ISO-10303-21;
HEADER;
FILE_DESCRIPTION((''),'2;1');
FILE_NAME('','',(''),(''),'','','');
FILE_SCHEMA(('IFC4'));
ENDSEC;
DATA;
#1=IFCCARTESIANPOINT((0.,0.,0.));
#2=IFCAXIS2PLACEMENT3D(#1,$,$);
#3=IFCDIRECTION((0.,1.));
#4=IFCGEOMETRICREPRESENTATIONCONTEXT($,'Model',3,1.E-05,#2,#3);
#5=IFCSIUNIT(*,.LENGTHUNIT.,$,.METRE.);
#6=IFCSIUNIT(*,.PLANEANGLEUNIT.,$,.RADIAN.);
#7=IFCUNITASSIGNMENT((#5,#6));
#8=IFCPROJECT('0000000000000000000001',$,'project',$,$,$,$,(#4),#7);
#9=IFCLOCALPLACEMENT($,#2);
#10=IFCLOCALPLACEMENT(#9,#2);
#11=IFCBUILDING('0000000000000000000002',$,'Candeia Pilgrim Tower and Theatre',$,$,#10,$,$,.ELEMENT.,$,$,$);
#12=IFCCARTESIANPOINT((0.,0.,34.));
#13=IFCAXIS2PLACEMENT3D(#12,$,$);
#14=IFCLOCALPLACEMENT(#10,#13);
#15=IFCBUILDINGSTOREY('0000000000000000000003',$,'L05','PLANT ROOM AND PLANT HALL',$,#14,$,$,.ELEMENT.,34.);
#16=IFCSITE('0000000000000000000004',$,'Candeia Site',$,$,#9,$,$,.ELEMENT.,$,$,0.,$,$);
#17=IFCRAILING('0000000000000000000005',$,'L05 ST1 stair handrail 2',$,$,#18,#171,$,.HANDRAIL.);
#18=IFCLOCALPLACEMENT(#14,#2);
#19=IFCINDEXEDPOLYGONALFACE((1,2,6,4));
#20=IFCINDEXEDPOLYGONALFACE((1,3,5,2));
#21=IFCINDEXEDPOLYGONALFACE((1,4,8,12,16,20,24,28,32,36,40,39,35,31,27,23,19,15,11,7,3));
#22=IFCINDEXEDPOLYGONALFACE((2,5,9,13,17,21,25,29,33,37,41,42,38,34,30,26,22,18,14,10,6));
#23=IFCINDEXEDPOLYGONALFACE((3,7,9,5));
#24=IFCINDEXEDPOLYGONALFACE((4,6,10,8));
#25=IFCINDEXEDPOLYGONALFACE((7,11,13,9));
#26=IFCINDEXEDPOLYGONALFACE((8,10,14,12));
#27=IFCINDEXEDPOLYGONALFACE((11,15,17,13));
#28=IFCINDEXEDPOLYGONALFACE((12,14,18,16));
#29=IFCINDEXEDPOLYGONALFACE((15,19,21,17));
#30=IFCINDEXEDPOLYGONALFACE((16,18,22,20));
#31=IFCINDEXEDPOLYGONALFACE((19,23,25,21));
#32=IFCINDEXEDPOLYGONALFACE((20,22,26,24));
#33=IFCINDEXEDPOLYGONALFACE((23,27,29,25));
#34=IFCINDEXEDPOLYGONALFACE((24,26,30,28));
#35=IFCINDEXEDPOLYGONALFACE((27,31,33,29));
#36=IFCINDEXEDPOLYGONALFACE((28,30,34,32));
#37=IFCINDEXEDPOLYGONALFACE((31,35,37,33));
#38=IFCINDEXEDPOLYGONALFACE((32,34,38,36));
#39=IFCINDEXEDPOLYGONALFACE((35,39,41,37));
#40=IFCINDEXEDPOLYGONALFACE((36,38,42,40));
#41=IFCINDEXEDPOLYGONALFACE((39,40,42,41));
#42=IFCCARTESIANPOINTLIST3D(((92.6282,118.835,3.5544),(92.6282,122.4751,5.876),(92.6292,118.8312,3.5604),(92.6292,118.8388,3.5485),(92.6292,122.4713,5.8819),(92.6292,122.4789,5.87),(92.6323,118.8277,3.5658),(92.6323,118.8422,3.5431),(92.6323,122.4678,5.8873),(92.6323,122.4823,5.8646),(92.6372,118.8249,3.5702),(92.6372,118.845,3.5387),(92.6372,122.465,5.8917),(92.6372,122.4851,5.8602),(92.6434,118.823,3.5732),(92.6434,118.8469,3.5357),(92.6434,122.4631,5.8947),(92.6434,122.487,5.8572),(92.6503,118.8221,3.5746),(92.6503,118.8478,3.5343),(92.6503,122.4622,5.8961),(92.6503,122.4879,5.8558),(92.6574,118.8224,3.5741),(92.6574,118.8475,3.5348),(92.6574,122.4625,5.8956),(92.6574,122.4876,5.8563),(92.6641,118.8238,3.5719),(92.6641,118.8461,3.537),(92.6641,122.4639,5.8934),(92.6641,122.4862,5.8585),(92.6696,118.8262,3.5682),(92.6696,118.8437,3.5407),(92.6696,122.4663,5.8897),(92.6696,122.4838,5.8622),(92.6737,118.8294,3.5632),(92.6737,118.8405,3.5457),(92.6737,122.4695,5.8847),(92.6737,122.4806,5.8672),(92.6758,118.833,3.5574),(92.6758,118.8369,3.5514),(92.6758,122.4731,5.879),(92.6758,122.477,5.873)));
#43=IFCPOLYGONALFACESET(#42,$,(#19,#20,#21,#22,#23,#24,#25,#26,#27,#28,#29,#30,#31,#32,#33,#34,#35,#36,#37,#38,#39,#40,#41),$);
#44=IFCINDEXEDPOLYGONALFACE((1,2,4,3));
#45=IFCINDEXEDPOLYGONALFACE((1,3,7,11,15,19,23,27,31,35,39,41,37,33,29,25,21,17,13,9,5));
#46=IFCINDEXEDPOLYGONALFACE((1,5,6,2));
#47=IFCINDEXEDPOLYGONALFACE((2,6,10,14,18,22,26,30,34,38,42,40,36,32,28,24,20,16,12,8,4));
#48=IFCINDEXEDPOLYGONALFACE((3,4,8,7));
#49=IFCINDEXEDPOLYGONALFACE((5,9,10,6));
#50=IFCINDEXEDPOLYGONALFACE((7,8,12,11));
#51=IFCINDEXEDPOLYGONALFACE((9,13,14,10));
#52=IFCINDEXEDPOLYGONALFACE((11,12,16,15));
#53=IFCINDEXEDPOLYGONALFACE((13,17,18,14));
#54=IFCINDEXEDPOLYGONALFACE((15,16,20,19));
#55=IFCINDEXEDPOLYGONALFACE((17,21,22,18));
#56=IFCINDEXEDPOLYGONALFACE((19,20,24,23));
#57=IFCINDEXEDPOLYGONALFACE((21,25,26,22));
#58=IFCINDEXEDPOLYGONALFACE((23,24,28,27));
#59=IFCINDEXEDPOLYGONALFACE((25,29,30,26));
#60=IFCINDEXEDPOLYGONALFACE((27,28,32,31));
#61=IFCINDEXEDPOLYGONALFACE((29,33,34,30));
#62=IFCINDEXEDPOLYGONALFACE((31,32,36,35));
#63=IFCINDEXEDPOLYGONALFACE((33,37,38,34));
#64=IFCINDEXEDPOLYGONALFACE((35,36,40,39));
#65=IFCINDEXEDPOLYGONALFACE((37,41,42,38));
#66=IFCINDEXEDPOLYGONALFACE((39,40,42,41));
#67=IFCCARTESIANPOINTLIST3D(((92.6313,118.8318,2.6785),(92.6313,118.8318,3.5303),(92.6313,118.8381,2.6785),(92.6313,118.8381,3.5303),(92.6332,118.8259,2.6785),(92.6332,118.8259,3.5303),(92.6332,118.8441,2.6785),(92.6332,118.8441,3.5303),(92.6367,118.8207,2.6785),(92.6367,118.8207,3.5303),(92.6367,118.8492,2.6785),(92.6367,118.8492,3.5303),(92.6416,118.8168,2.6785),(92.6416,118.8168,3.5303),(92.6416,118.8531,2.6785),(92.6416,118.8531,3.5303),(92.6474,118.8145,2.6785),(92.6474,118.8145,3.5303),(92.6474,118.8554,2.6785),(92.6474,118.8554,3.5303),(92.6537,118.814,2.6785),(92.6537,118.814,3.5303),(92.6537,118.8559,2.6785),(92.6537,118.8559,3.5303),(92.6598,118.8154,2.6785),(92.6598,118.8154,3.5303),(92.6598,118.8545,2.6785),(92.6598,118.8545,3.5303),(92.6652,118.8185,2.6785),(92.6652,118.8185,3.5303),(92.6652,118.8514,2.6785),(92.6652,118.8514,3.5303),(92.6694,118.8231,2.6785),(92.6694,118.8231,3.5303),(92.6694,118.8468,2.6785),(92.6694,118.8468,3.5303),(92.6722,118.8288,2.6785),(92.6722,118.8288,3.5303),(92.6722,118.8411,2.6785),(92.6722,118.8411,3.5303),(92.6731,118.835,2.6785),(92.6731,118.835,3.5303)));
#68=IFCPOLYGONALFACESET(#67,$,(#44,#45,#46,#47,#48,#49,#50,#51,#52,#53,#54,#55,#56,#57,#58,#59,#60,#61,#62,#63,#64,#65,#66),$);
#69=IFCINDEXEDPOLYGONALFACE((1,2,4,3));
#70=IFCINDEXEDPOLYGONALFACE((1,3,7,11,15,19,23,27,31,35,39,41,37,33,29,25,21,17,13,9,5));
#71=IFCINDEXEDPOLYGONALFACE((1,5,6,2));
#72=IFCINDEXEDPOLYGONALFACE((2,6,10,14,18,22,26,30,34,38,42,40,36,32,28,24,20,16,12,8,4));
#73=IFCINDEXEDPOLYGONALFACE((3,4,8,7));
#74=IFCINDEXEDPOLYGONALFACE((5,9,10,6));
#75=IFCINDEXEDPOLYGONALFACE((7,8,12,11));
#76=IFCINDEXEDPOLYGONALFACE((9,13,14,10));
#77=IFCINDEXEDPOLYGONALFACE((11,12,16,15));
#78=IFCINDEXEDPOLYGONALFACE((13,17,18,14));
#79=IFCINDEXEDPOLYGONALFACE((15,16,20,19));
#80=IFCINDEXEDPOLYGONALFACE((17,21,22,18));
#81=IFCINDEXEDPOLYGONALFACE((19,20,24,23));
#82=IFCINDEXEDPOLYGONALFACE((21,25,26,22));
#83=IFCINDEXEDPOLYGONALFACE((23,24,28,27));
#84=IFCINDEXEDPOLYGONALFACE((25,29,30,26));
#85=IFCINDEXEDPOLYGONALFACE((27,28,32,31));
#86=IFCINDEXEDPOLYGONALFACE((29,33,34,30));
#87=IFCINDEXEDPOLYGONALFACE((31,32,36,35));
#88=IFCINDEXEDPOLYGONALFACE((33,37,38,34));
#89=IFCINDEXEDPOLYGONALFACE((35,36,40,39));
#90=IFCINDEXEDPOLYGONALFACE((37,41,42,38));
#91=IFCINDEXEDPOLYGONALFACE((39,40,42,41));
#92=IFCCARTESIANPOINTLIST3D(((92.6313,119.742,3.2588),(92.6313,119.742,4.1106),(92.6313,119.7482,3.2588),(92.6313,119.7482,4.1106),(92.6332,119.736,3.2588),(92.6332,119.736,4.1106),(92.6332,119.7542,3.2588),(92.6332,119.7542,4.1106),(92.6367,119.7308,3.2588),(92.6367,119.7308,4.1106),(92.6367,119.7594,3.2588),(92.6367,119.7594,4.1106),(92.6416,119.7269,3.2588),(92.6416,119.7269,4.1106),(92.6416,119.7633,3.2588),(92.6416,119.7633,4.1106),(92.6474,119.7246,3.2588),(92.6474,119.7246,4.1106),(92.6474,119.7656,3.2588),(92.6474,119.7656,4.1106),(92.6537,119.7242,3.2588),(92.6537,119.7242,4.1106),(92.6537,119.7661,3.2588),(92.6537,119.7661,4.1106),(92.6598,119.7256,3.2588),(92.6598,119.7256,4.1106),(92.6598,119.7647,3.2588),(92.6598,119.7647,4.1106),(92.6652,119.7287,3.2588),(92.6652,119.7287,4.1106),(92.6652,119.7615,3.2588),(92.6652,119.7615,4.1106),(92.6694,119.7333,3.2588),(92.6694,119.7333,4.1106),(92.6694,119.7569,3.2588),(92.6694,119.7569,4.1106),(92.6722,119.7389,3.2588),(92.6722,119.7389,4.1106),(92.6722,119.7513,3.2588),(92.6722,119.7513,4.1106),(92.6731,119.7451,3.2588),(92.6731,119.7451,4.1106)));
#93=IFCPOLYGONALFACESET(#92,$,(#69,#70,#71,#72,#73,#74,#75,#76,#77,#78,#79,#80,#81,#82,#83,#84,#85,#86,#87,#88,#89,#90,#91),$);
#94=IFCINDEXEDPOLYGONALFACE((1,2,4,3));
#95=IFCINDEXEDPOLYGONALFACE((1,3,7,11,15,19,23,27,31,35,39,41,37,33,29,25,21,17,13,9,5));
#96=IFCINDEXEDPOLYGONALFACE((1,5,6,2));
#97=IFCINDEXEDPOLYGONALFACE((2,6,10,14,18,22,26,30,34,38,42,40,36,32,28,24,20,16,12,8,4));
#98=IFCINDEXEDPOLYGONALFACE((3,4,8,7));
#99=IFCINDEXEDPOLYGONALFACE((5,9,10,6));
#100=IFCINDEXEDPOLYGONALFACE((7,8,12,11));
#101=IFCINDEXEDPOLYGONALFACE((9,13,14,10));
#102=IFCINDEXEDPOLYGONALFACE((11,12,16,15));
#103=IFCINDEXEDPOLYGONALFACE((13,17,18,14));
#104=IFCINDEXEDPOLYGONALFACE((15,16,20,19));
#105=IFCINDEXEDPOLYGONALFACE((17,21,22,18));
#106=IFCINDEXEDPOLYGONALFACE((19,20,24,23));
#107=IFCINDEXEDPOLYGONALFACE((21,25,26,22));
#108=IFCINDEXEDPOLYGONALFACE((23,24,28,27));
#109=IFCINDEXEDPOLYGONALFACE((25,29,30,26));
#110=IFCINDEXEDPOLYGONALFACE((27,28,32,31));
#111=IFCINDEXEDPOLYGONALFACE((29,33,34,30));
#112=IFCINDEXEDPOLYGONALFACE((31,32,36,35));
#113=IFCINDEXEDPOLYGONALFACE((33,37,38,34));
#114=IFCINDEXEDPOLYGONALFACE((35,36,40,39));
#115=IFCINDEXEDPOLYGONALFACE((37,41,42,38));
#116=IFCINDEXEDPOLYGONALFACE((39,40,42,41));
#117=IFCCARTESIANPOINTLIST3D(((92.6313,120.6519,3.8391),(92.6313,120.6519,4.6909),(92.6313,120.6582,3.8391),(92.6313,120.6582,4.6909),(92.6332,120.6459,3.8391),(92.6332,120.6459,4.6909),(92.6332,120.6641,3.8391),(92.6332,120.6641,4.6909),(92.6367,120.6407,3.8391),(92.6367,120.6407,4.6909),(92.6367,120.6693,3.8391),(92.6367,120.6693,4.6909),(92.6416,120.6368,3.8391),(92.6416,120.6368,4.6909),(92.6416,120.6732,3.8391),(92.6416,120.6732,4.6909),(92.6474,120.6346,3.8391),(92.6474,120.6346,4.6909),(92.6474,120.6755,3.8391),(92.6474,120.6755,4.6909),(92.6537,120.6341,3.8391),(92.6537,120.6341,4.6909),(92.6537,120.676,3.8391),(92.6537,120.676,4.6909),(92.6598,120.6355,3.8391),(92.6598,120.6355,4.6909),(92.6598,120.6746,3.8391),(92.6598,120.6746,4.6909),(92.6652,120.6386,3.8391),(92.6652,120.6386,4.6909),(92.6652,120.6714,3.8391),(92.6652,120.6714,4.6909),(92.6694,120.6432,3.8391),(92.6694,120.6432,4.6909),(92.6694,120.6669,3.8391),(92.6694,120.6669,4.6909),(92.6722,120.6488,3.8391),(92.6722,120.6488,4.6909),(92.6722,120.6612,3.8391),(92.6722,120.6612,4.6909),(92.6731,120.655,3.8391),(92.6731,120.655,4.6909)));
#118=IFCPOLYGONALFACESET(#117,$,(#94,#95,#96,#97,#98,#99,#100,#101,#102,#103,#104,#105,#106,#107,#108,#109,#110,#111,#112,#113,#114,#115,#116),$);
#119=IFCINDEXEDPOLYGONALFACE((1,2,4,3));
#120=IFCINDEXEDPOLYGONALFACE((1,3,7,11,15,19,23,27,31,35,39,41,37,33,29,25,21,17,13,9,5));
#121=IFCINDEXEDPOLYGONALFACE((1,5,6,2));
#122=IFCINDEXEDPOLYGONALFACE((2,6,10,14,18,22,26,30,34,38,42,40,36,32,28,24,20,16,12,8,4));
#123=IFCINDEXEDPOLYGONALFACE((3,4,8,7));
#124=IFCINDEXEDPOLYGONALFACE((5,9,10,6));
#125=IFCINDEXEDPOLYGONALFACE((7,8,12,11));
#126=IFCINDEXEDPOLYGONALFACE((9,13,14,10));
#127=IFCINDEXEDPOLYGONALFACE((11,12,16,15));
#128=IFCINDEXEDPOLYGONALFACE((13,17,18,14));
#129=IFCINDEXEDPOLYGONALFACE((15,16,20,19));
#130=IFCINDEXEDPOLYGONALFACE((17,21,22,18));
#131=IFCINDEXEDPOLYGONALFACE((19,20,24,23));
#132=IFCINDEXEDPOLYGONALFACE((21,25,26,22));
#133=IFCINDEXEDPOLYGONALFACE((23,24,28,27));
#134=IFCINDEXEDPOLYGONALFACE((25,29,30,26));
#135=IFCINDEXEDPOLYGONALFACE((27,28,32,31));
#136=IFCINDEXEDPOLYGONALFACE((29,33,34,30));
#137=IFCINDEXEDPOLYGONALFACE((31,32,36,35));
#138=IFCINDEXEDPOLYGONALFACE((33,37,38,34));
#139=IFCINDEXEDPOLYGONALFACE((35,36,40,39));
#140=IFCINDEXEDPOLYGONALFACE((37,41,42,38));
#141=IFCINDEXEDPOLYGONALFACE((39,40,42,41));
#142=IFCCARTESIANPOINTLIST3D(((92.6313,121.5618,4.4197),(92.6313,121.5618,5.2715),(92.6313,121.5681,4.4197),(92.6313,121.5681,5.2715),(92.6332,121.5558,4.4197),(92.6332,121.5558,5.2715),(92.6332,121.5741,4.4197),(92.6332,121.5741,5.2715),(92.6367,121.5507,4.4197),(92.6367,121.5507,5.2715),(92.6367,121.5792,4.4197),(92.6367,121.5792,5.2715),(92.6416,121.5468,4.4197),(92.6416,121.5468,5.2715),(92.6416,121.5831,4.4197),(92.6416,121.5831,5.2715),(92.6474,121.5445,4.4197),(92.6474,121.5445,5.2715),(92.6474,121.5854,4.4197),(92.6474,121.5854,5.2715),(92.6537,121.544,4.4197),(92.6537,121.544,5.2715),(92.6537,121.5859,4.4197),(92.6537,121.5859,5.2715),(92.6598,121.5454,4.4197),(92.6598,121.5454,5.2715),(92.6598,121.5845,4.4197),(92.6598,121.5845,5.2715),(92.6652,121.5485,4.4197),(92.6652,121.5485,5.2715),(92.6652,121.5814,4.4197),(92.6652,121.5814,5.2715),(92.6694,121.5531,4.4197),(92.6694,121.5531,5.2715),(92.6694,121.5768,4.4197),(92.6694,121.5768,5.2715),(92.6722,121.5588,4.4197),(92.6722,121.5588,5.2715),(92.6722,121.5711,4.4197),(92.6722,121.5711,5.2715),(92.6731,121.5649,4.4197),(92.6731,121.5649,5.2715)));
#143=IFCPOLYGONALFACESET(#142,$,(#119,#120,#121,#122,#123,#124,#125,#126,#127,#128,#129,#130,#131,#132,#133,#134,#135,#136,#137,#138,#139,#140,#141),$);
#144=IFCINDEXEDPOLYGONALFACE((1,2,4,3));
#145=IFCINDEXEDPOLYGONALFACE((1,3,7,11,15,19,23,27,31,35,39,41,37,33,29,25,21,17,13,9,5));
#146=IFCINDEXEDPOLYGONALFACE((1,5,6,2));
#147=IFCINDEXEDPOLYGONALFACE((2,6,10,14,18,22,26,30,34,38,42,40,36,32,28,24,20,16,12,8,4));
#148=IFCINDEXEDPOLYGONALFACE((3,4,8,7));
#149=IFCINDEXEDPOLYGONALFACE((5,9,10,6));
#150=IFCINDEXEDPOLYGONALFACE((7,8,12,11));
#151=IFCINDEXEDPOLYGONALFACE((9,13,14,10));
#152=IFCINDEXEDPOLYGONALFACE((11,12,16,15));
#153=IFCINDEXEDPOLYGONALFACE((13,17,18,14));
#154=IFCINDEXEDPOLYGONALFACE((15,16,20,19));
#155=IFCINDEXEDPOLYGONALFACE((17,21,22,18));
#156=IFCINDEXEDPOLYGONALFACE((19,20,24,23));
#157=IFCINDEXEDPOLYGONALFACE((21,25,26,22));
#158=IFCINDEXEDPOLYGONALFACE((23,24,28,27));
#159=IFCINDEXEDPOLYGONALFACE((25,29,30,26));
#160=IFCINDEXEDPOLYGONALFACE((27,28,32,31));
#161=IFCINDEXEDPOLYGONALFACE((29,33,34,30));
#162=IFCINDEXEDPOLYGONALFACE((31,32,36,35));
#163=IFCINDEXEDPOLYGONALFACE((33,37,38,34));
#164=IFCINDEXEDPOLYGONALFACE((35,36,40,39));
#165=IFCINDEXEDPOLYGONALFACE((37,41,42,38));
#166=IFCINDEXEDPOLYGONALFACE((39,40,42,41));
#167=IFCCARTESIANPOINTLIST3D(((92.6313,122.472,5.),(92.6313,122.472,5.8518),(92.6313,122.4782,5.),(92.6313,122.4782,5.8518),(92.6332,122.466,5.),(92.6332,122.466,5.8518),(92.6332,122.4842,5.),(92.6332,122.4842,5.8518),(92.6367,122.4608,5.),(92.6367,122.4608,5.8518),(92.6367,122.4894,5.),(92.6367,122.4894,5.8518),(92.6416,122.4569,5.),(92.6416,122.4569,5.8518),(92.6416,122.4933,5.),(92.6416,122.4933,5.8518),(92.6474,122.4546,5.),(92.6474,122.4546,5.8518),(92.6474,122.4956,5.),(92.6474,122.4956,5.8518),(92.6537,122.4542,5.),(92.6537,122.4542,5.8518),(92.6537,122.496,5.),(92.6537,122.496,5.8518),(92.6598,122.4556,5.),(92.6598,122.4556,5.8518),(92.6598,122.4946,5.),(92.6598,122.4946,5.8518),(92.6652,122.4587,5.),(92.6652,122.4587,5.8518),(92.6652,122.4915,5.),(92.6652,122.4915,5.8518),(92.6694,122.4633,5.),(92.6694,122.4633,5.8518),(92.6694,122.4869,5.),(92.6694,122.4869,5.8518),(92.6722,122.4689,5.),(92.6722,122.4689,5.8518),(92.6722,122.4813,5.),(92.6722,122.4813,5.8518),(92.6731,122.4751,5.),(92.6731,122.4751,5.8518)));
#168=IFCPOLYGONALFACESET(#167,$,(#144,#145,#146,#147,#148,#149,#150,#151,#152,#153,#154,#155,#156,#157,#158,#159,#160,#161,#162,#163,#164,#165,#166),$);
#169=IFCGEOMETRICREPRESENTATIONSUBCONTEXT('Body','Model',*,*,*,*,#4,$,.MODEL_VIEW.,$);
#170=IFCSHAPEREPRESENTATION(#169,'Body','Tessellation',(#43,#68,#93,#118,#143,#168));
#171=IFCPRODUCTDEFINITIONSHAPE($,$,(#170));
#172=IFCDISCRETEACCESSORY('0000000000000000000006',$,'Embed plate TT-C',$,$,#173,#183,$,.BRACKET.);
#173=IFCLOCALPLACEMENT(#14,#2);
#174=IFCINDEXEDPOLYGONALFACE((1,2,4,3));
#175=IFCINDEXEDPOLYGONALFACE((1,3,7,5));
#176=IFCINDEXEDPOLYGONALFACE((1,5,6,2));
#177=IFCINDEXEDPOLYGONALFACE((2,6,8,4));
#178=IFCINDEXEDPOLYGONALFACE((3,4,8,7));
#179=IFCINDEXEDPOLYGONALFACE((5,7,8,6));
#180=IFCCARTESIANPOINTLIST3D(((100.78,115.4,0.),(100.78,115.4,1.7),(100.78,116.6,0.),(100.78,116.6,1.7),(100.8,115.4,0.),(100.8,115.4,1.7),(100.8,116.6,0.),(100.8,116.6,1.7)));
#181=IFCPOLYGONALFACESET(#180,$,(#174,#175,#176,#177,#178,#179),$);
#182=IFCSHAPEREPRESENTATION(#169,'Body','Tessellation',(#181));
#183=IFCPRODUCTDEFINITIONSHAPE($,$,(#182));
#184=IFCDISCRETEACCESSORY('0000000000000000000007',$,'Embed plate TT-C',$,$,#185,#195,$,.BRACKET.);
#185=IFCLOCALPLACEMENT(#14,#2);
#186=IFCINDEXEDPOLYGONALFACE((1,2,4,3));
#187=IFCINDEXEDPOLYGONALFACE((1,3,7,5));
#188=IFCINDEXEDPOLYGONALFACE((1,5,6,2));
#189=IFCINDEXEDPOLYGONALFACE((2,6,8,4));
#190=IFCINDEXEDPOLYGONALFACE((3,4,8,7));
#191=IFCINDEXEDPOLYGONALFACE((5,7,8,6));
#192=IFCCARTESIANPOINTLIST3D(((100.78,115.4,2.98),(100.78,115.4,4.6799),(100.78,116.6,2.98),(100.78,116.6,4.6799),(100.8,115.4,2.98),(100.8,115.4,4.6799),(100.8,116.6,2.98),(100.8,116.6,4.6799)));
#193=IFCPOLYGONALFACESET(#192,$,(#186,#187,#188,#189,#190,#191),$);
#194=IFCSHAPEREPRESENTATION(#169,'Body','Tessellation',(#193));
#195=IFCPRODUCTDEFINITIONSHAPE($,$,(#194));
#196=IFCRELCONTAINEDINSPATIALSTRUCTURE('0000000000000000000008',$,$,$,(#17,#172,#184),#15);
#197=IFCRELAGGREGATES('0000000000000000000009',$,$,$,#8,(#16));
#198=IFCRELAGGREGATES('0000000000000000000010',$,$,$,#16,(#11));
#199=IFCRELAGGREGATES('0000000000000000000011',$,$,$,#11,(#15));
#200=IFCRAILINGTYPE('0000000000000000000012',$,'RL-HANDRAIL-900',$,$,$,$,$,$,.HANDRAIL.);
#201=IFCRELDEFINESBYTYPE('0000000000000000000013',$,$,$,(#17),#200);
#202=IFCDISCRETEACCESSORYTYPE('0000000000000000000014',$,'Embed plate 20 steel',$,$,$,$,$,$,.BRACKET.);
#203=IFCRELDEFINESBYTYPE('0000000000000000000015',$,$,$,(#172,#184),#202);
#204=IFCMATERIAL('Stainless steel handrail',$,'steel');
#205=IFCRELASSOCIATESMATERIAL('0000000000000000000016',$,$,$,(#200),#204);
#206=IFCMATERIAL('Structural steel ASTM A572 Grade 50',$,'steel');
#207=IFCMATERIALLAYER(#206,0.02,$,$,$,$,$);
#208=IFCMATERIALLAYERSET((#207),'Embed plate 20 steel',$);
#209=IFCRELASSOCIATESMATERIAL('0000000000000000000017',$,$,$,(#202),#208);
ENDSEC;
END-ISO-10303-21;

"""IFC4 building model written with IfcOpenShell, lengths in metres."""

from ifc_helpers import new_model, si_unit, direction, frame, origin, origin_2d, place, context, subcontext, project, spatial, rectangle, circle, extrude, material, layer, layer_set, type_object, element, save


model = new_model("IFC4")

# Units and contexts
model_context = context("Model", 3, precision=1e-05, world=origin(), true_north=direction((0.0, 1.0)))
body_context = subcontext(model_context, "Body", "Model", "MODEL_VIEW")
ifc_project = project(units=[si_unit("LENGTHUNIT", "METRE"), si_unit("PLANEANGLEUNIT", "RADIAN")], contexts=[model_context])

# Site, building, storey
site_placement = place(None, origin())
site = spatial("IfcSite", under=ifc_project, at=site_placement, Name="Candeia Site", CompositionType="ELEMENT", RefElevation=0.0)
building_placement = place(site_placement, origin())
building = spatial("IfcBuilding", under=site, at=building_placement, Name="Candeia Pilgrim Tower and Theatre", CompositionType="ELEMENT")
storey_placement = place(building_placement, frame((0.0, 0.0, 34.0)))
storey = spatial("IfcBuildingStorey", under=building, at=storey_placement, Name="L05", Description="PLANT ROOM AND PLANT HALL", CompositionType="ELEMENT", Elevation=34.0)

# Shared definitions
ifc_material_1 = material(Name="Structural steel ASTM A572 Grade 50", Category="steel")

# Railing
ifc_material_2 = material(Name="Stainless steel handrail", Category="steel")
railing_type = type_object("IfcRailingType", Name="RL-HANDRAIL-900", PredefinedType="HANDRAIL", material=ifc_material_2)
railing_placement = place(storey_placement, frame((92.6521, 118.835, 2.6785)))
element("IfcRailing", 1, at=railing_placement, inside=storey, type_object=railing_type, Name="L05 ST1 stair handrail 2", PredefinedType="HANDRAIL", context=body_context, shape_type="SweptSolid", body=[
    extrude(circle(Radius=0.0239, at=origin_2d()), frame((0.0, 0.0, 0.876), z_axis=(0.0, 0.843128, 0.537713), x_axis=(-1.0, 0.0, 0.0)), (0.0, 0.0, 1.0), 4.3174),
    extrude(circle(Radius=0.021, at=origin_2d()), origin(), (0.0, 0.0, 1.0), 0.8518),
    extrude(circle(Radius=0.021, at=origin_2d()), frame((0.0, 0.9102, 0.5803)), (0.0, 0.0, 1.0), 0.8518),
    extrude(circle(Radius=0.021, at=origin_2d()), frame((0.0, 1.8201, 1.1606)), (0.0, 0.0, 1.0), 0.8518),
    extrude(circle(Radius=0.021, at=origin_2d()), frame((0.0, 2.73, 1.7412)), (0.0, 0.0, 1.0), 0.8518),
    extrude(circle(Radius=0.021, at=origin_2d()), frame((0.0, 3.6401, 2.3215)), (0.0, 0.0, 1.0), 0.8518),
])

# Discrete accessories
ifc_layer_1 = layer(ifc_material_1, 0.02)
ifc_layer_set_1 = layer_set([ifc_layer_1], Name="Embed plate 20 steel")
discrete_accessory_type = type_object("IfcDiscreteAccessoryType", Name="Embed plate 20 steel", PredefinedType="BRACKET", material=ifc_layer_set_1)
for number, where, z_axis, x_axis, name in (
    (2, (100.79, 116.0, 0.0), (0.0, 0.0, 1.0), (0.0, -1.0, 0.0), "Embed plate TT-C"),
    (3, (100.79, 116.0, 2.98), (0.0, 0.0, 1.0), (0.0, -1.0, 0.0), "Embed plate TT-C"),
):
    element("IfcDiscreteAccessory", number, at=place(storey_placement, frame(where, z_axis=z_axis, x_axis=x_axis)), inside=storey, type_object=discrete_accessory_type, Name=name, PredefinedType="BRACKET", context=body_context, shape_type="SweptSolid", body=[
        extrude(rectangle(XDim=1.2, YDim=0.02, at=origin_2d()), origin(), (0.0, 0.0, 1.0), 1.7),
    ])

save(model, "model.ifc")
